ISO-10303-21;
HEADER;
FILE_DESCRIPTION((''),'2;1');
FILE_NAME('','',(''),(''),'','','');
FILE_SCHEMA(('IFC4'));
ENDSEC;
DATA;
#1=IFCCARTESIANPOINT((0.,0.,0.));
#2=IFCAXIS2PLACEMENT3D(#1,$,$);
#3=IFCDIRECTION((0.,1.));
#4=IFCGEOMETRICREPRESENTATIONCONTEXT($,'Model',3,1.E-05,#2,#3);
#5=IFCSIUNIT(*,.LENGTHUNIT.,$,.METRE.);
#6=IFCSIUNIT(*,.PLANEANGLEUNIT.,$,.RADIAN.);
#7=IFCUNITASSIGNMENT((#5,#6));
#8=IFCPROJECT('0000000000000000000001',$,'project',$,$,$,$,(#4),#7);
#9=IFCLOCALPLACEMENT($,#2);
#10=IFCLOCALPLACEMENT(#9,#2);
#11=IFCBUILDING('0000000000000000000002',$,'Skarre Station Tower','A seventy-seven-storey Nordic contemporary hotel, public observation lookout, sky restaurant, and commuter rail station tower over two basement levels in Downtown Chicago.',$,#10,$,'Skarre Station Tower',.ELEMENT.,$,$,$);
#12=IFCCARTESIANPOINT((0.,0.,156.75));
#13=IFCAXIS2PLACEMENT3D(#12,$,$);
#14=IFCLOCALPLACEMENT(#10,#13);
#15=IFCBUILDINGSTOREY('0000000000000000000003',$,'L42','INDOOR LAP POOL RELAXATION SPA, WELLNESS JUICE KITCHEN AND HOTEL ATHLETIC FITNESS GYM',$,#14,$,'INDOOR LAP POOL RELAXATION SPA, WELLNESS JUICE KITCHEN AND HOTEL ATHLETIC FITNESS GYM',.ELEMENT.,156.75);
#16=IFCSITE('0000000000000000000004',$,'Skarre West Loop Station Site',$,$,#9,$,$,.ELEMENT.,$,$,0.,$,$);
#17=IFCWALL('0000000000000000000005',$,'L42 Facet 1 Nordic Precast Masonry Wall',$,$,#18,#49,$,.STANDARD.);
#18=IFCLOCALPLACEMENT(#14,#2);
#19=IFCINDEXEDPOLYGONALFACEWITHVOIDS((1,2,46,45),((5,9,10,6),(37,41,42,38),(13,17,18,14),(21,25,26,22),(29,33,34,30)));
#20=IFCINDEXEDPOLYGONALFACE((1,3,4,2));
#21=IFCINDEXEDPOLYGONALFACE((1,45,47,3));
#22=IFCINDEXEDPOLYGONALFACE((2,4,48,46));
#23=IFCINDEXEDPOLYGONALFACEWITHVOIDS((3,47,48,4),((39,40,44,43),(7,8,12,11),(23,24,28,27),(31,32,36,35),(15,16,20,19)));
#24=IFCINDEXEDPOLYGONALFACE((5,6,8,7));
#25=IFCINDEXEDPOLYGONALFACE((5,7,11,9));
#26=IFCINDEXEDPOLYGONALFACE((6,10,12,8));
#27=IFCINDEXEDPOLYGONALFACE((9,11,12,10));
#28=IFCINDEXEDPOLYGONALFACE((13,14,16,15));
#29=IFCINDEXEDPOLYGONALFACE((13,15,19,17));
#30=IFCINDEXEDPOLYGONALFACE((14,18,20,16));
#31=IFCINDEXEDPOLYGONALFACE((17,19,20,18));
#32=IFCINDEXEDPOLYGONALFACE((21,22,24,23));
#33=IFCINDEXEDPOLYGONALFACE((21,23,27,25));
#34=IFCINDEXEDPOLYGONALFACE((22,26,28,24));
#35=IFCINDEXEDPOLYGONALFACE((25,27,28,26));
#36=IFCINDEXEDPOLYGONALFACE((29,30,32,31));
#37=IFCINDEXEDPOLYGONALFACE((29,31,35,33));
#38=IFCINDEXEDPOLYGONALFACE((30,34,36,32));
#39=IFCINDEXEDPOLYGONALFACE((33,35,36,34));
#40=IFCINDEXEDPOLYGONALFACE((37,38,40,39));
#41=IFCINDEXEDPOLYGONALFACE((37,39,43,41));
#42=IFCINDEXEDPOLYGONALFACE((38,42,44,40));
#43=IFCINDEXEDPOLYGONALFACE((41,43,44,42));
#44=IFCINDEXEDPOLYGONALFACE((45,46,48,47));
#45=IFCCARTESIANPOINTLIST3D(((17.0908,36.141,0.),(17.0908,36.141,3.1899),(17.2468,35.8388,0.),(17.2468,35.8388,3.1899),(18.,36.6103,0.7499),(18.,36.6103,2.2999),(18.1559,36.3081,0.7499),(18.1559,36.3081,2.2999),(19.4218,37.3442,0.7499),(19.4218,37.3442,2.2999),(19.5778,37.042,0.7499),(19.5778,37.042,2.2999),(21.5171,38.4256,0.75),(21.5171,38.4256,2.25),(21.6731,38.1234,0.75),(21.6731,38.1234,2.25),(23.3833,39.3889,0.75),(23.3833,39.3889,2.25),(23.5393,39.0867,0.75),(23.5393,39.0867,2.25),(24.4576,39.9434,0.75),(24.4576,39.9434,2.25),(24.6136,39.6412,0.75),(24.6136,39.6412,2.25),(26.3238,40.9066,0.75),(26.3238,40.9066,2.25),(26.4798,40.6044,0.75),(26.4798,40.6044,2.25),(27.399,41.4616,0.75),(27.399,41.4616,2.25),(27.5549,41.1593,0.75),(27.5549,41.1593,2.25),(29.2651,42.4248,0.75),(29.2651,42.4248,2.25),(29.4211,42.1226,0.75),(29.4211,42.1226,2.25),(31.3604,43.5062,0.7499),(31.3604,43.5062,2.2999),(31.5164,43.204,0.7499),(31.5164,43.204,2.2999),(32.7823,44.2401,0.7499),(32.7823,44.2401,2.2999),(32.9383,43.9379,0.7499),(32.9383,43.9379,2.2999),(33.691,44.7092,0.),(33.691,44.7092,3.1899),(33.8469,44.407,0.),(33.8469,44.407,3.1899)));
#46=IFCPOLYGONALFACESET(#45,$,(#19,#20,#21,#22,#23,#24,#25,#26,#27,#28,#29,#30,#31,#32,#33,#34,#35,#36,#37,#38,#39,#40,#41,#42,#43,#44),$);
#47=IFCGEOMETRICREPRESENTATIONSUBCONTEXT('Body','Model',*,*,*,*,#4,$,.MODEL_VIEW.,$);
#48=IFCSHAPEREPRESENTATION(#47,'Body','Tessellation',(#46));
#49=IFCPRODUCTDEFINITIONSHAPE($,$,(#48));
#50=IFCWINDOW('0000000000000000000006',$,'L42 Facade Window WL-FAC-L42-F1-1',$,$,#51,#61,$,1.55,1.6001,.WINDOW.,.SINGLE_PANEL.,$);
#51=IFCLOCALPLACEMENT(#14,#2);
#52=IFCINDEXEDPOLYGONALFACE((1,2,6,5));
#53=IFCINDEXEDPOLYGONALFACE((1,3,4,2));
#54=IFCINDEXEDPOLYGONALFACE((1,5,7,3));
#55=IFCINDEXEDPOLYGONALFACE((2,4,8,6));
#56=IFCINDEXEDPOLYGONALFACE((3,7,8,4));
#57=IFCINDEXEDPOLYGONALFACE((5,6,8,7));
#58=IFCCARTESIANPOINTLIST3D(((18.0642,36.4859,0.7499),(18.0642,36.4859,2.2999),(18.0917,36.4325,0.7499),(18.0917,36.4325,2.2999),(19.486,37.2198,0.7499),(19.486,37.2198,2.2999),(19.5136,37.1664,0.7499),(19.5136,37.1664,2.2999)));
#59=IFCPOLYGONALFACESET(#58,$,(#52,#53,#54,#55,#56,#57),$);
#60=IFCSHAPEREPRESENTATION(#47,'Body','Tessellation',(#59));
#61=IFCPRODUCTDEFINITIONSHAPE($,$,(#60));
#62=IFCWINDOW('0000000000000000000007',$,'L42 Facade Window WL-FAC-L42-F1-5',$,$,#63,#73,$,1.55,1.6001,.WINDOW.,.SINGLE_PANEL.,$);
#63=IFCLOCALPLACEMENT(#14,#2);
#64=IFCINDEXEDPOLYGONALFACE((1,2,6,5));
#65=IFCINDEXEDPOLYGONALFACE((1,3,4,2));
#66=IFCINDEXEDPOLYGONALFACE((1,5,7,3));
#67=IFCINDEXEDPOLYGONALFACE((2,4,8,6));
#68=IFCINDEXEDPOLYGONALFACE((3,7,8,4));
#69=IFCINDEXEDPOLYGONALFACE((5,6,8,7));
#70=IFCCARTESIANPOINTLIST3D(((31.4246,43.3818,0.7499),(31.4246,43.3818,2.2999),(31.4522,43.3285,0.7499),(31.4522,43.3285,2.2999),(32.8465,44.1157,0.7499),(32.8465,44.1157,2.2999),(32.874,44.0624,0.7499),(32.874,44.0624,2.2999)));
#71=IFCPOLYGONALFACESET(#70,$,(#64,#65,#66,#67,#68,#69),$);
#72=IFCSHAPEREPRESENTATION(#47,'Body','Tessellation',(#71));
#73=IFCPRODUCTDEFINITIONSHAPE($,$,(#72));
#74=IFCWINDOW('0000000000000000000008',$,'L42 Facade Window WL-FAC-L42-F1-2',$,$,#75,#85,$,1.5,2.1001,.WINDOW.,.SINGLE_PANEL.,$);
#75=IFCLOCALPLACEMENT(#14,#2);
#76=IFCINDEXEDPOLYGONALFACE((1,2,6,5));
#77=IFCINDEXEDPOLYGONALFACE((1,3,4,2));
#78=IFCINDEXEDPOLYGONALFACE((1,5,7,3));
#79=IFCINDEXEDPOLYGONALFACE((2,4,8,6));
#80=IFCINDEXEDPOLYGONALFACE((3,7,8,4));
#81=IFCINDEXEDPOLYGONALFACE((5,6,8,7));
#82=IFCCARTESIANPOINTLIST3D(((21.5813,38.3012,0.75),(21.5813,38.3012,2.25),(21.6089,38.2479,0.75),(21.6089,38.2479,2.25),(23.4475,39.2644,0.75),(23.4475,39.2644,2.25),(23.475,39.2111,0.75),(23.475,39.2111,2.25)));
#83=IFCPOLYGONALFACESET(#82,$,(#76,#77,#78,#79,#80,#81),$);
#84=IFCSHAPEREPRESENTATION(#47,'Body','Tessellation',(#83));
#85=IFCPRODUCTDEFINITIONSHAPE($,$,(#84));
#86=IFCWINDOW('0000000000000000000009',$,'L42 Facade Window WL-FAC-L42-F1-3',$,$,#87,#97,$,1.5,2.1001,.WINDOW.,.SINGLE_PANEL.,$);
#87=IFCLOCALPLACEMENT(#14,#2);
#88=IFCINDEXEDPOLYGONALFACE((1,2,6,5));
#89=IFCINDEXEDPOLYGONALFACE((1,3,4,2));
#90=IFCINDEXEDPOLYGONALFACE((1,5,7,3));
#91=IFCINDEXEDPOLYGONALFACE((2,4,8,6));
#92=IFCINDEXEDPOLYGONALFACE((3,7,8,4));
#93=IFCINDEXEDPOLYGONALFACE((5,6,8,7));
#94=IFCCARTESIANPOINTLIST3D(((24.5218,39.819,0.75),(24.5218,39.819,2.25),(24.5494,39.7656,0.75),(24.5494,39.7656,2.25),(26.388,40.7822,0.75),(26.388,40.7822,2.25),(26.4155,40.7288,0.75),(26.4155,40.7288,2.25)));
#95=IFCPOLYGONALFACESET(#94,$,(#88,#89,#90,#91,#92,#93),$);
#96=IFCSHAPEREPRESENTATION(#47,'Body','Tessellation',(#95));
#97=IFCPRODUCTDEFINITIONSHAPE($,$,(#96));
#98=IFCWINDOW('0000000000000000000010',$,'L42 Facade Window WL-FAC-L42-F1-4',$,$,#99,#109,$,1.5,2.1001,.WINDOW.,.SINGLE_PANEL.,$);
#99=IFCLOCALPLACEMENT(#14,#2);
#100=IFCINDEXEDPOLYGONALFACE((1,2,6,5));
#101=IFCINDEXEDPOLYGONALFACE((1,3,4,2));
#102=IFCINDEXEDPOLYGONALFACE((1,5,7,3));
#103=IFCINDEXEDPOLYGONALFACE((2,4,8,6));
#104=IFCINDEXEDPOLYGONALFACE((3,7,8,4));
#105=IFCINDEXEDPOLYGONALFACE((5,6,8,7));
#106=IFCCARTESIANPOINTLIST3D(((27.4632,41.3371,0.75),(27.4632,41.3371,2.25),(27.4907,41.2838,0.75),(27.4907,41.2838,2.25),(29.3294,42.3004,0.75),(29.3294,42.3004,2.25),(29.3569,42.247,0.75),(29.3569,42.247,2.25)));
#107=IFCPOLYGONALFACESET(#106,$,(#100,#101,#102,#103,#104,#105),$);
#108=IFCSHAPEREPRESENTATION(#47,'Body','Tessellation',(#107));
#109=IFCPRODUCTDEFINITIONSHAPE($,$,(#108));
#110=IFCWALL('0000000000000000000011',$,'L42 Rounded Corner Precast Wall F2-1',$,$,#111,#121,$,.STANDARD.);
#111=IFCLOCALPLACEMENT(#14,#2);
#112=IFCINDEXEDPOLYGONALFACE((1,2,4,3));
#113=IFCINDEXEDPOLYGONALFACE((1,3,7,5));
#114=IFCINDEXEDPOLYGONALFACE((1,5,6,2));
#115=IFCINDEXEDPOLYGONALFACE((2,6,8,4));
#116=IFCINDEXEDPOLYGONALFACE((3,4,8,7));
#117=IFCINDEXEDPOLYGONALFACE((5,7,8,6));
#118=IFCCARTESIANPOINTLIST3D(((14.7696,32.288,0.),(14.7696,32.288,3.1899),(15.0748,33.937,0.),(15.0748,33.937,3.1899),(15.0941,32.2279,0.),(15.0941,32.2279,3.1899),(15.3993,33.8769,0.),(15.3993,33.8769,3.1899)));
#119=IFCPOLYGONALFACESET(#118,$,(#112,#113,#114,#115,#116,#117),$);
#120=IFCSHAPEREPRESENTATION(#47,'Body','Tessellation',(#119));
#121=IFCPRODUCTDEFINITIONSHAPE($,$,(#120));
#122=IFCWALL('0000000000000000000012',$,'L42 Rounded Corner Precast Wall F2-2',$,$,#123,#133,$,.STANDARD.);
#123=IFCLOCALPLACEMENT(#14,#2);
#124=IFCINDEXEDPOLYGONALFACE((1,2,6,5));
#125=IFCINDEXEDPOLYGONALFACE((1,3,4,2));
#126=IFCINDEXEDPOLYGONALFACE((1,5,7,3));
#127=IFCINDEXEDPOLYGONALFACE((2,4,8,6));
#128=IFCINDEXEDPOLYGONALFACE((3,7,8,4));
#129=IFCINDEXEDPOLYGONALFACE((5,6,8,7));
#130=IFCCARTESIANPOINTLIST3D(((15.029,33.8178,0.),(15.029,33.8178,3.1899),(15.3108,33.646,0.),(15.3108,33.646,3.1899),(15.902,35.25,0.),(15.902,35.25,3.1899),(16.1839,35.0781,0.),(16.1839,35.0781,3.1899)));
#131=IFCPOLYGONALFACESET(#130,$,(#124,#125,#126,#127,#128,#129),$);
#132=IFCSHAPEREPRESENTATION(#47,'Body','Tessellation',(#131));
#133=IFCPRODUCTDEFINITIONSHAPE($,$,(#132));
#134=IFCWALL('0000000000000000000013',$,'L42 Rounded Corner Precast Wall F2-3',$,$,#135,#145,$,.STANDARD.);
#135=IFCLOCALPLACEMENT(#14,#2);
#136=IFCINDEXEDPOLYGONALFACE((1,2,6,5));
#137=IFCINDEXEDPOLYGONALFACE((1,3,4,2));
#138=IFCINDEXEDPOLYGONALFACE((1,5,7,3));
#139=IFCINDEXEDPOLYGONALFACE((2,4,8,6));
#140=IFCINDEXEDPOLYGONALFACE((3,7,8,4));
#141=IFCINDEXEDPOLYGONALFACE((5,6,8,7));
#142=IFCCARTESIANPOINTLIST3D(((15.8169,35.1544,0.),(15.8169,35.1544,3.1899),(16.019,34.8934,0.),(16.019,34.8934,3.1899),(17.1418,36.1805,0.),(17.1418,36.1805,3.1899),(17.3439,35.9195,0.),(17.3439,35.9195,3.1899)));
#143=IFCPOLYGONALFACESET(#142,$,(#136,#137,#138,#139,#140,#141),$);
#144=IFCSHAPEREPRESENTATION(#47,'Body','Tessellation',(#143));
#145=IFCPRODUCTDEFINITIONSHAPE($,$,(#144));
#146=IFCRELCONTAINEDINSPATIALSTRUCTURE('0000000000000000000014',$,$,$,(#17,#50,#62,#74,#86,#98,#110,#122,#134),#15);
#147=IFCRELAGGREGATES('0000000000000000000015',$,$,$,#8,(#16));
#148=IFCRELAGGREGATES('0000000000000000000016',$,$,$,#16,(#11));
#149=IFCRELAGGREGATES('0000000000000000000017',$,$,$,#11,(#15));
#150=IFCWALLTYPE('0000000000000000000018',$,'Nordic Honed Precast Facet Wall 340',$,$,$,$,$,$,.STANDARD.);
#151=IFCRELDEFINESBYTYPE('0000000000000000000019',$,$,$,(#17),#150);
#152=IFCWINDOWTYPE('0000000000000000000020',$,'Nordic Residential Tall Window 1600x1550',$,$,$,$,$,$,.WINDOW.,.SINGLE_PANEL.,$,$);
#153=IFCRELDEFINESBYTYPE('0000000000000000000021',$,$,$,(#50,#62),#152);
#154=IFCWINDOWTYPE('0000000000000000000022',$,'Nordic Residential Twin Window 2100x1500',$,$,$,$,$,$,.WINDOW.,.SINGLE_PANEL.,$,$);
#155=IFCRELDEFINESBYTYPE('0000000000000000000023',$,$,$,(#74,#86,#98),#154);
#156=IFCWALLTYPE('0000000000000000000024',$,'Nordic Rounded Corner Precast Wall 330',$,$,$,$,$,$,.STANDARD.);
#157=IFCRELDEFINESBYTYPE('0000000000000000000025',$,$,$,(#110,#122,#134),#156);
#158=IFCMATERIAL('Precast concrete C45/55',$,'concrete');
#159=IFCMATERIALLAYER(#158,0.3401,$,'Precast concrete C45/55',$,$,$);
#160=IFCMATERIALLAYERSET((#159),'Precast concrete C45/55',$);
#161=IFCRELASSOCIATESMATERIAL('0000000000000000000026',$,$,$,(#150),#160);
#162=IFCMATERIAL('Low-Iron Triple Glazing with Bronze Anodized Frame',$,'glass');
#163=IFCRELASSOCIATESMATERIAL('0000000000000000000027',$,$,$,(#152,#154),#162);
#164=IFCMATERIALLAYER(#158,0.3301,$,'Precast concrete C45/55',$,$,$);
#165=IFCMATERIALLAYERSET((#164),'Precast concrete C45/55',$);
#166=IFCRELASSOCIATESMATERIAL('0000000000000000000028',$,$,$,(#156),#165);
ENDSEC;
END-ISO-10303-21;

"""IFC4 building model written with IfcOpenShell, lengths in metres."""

from ifc_helpers import new_model, si_unit, direction, frame, frame_2d, origin, place, context, subcontext, project, spatial, rectangle, extrude, material, layer, layer_set, type_object, element, fill, save


model = new_model("IFC4")

# Units and contexts
model_context = context("Model", 3, precision=1e-05, world=origin(), true_north=direction((0.0, 1.0)))
body_context = subcontext(model_context, "Body", "Model", "MODEL_VIEW")
ifc_project = project(units=[si_unit("LENGTHUNIT", "METRE"), si_unit("PLANEANGLEUNIT", "RADIAN")], contexts=[model_context])

# Site, building, storey
site_placement = place(None, origin())
site = spatial("IfcSite", under=ifc_project, at=site_placement, Name="Skarre West Loop Station Site", CompositionType="ELEMENT", RefElevation=0.0)
building_placement = place(site_placement, origin())
building = spatial("IfcBuilding", under=site, at=building_placement, Name="Skarre Station Tower", Description="A seventy-seven-storey Nordic contemporary hotel, public observation lookout, sky restaurant, and commuter rail station tower over two basement levels in Downtown Chicago.", LongName="Skarre Station Tower", CompositionType="ELEMENT")
storey_placement = place(building_placement, frame((0.0, 0.0, 156.75)))
storey = spatial("IfcBuildingStorey", under=building, at=storey_placement, Name="L42", Description="INDOOR LAP POOL RELAXATION SPA, WELLNESS JUICE KITCHEN AND HOTEL ATHLETIC FITNESS GYM", LongName="INDOOR LAP POOL RELAXATION SPA, WELLNESS JUICE KITCHEN AND HOTEL ATHLETIC FITNESS GYM", CompositionType="ELEMENT", Elevation=156.75)

# Wall, openings, windows
ifc_material_1 = material(Name="Precast concrete C45/55", Category="concrete")
ifc_layer_1 = layer(ifc_material_1, 0.3401, Name="Precast concrete C45/55")
ifc_layer_set_1 = layer_set([ifc_layer_1], Name="Precast concrete C45/55")
wall_type_1 = type_object("IfcWallType", Name="Nordic Honed Precast Facet Wall 340", PredefinedType="STANDARD", material=ifc_layer_set_1)
wall_1_placement = place(storey_placement, frame((17.1689, 35.99, 0.0), z_axis=(0.0, 0.0, 1.0), x_axis=(0.888614, 0.458657, 0.0)))
wall_1 = element("IfcWall", 1, at=wall_1_placement, inside=storey, type_object=wall_type_1, Name="L42 Facet 1 Nordic Precast Masonry Wall", PredefinedType="STANDARD", context=body_context, shape_type="SweptSolid", body=[
    extrude(rectangle(XDim=18.6809, YDim=0.3401, at=frame_2d((9.3403, 0.0))), origin(), (0.0, 0.0, 1.0), 3.1899),
])
opening_1_placement = place(wall_1_placement, frame((1.0229, 0.0, 0.75)))
opening_1 = element("IfcOpeningElement", 2, at=opening_1_placement, cuts=wall_1, PredefinedType="OPENING", context=body_context, shape_type="SweptSolid", body=[
    extrude(rectangle(XDim=1.6001, YDim=1.55, at=frame_2d((0.8, 0.7749))), frame((0.0, 0.1799, 0.0), z_axis=(0.0, -1.0, 0.0), x_axis=(1.0, 0.0, 0.0)), (0.0, 0.0, 1.0), 0.3601),
])
opening_2_placement = place(wall_1_placement, frame((4.981, 0.0, 0.75)))
opening_2 = element("IfcOpeningElement", 3, at=opening_2_placement, cuts=wall_1, PredefinedType="OPENING", context=body_context, shape_type="SweptSolid", body=[
    extrude(rectangle(XDim=2.1001, YDim=1.5, at=frame_2d((1.05, 0.75))), frame((0.0, 0.1799, 0.0), z_axis=(0.0, -1.0, 0.0), x_axis=(1.0, 0.0, 0.0)), (0.0, 0.0, 1.0), 0.3601),
])
opening_3_placement = place(wall_1_placement, frame((8.29, 0.0, 0.75)))
opening_3 = element("IfcOpeningElement", 4, at=opening_3_placement, cuts=wall_1, PredefinedType="OPENING", context=body_context, shape_type="SweptSolid", body=[
    extrude(rectangle(XDim=2.1001, YDim=1.5, at=frame_2d((1.05, 0.75))), frame((0.0, 0.1799, 0.0), z_axis=(0.0, -1.0, 0.0), x_axis=(1.0, 0.0, 0.0)), (0.0, 0.0, 1.0), 0.3601),
])
opening_4_placement = place(wall_1_placement, frame((11.6001, 0.0, 0.75)))
opening_4 = element("IfcOpeningElement", 5, at=opening_4_placement, cuts=wall_1, PredefinedType="OPENING", context=body_context, shape_type="SweptSolid", body=[
    extrude(rectangle(XDim=2.1001, YDim=1.5, at=frame_2d((1.05, 0.75))), frame((0.0, 0.1799, 0.0), z_axis=(0.0, -1.0, 0.0), x_axis=(1.0, 0.0, 0.0)), (0.0, 0.0, 1.0), 0.3601),
])
opening_5_placement = place(wall_1_placement, frame((16.0581, 0.0, 0.75)))
opening_5 = element("IfcOpeningElement", 6, at=opening_5_placement, cuts=wall_1, PredefinedType="OPENING", context=body_context, shape_type="SweptSolid", body=[
    extrude(rectangle(XDim=1.6001, YDim=1.55, at=frame_2d((0.8, 0.7749))), frame((0.0, 0.1799, 0.0), z_axis=(0.0, -1.0, 0.0), x_axis=(1.0, 0.0, 0.0)), (0.0, 0.0, 1.0), 0.3601),
])
ifc_material_2 = material(Name="Low-Iron Triple Glazing with Bronze Anodized Frame", Category="glass")
window_type_1 = type_object("IfcWindowType", Name="Nordic Residential Tall Window 1600x1550", PartitioningType="SINGLE_PANEL", PredefinedType="WINDOW", material=ifc_material_2)
window_1_placement = place(opening_1_placement, origin())
window_1 = element("IfcWindow", 7, at=window_1_placement, inside=storey, type_object=window_type_1, Name="L42 Facade Window WL-FAC-L42-F1-1", OverallHeight=1.55, OverallWidth=1.6001, PartitioningType="SINGLE_PANEL", PredefinedType="WINDOW", context=body_context, shape_type="SweptSolid", body=[
    extrude(rectangle(XDim=1.6001, YDim=1.55, at=frame_2d((0.8, 0.7749))), frame((0.0, 0.03, 0.0), z_axis=(0.0, -1.0, 0.0), x_axis=(1.0, 0.0, 0.0)), (0.0, 0.0, 1.0), 0.0601),
])
fill(opening_1, window_1)
window_2_placement = place(opening_5_placement, origin())
window_2 = element("IfcWindow", 8, at=window_2_placement, inside=storey, type_object=window_type_1, Name="L42 Facade Window WL-FAC-L42-F1-5", OverallHeight=1.55, OverallWidth=1.6001, PartitioningType="SINGLE_PANEL", PredefinedType="WINDOW", context=body_context, shape_type="SweptSolid", body=[
    extrude(rectangle(XDim=1.6001, YDim=1.55, at=frame_2d((0.8, 0.7749))), frame((0.0, 0.03, 0.0), z_axis=(0.0, -1.0, 0.0), x_axis=(1.0, 0.0, 0.0)), (0.0, 0.0, 1.0), 0.0601),
])
fill(opening_5, window_2)
window_type_2 = type_object("IfcWindowType", Name="Nordic Residential Twin Window 2100x1500", PartitioningType="SINGLE_PANEL", PredefinedType="WINDOW", material=ifc_material_2)
window_3_placement = place(opening_2_placement, origin())
window_3 = element("IfcWindow", 9, at=window_3_placement, inside=storey, type_object=window_type_2, Name="L42 Facade Window WL-FAC-L42-F1-2", OverallHeight=1.5, OverallWidth=2.1001, PartitioningType="SINGLE_PANEL", PredefinedType="WINDOW", context=body_context, shape_type="SweptSolid", body=[
    extrude(rectangle(XDim=2.1001, YDim=1.5, at=frame_2d((1.05, 0.75))), frame((0.0, 0.03, 0.0), z_axis=(0.0, -1.0, 0.0), x_axis=(1.0, 0.0, 0.0)), (0.0, 0.0, 1.0), 0.0601),
])
fill(opening_2, window_3)
window_4_placement = place(opening_3_placement, origin())
window_4 = element("IfcWindow", 10, at=window_4_placement, inside=storey, type_object=window_type_2, Name="L42 Facade Window WL-FAC-L42-F1-3", OverallHeight=1.5, OverallWidth=2.1001, PartitioningType="SINGLE_PANEL", PredefinedType="WINDOW", context=body_context, shape_type="SweptSolid", body=[
    extrude(rectangle(XDim=2.1001, YDim=1.5, at=frame_2d((1.05, 0.75))), frame((0.0, 0.03, 0.0), z_axis=(0.0, -1.0, 0.0), x_axis=(1.0, 0.0, 0.0)), (0.0, 0.0, 1.0), 0.0601),
])
fill(opening_3, window_4)
window_5_placement = place(opening_4_placement, origin())
window_5 = element("IfcWindow", 11, at=window_5_placement, inside=storey, type_object=window_type_2, Name="L42 Facade Window WL-FAC-L42-F1-4", OverallHeight=1.5, OverallWidth=2.1001, PartitioningType="SINGLE_PANEL", PredefinedType="WINDOW", context=body_context, shape_type="SweptSolid", body=[
    extrude(rectangle(XDim=2.1001, YDim=1.5, at=frame_2d((1.05, 0.75))), frame((0.0, 0.03, 0.0), z_axis=(0.0, -1.0, 0.0), x_axis=(1.0, 0.0, 0.0)), (0.0, 0.0, 1.0), 0.0601),
])
fill(opening_4, window_5)

# Walls
ifc_layer_2 = layer(ifc_material_1, 0.3301, Name="Precast concrete C45/55")
ifc_layer_set_2 = layer_set([ifc_layer_2], Name="Precast concrete C45/55")
wall_type_2 = type_object("IfcWallType", Name="Nordic Rounded Corner Precast Wall 330", PredefinedType="STANDARD", material=ifc_layer_set_2)
wall_2_placement = place(storey_placement, frame((14.9319, 32.2581, 0.0), z_axis=(0.0, 0.0, 1.0), x_axis=(0.181985, 0.983301, 0.0)))
element("IfcWall", 12, at=wall_2_placement, inside=storey, type_object=wall_type_2, Name="L42 Rounded Corner Precast Wall F2-1", PredefinedType="STANDARD", context=body_context, shape_type="SweptSolid", body=[
    extrude(rectangle(XDim=1.677, YDim=0.3301, at=frame_2d((0.8384, 0.0))), origin(), (0.0, 0.0, 1.0), 3.1899),
])
wall_3_placement = place(storey_placement, frame((15.1699, 33.7319, 0.0), z_axis=(0.0, 0.0, 1.0), x_axis=(0.520519, 0.85385, 0.0)))
element("IfcWall", 13, at=wall_3_placement, inside=storey, type_object=wall_type_2, Name="L42 Rounded Corner Precast Wall F2-2", PredefinedType="STANDARD", context=body_context, shape_type="SweptSolid", body=[
    extrude(rectangle(XDim=1.6772, YDim=0.3301, at=frame_2d((0.8386, 0.0))), origin(), (0.0, 0.0, 1.0), 3.1899),
])
wall_4_placement = place(storey_placement, frame((15.918, 35.0239, 0.0), z_axis=(0.0, 0.0, 1.0), x_axis=(0.790621, 0.612305, 0.0)))
element("IfcWall", 14, at=wall_4_placement, inside=storey, type_object=wall_type_2, Name="L42 Rounded Corner Precast Wall F2-3", PredefinedType="STANDARD", context=body_context, shape_type="SweptSolid", body=[
    extrude(rectangle(XDim=1.6758, YDim=0.3301, at=frame_2d((0.8379, 0.0))), origin(), (0.0, 0.0, 1.0), 3.1899),
])

save(model, "model.ifc")
